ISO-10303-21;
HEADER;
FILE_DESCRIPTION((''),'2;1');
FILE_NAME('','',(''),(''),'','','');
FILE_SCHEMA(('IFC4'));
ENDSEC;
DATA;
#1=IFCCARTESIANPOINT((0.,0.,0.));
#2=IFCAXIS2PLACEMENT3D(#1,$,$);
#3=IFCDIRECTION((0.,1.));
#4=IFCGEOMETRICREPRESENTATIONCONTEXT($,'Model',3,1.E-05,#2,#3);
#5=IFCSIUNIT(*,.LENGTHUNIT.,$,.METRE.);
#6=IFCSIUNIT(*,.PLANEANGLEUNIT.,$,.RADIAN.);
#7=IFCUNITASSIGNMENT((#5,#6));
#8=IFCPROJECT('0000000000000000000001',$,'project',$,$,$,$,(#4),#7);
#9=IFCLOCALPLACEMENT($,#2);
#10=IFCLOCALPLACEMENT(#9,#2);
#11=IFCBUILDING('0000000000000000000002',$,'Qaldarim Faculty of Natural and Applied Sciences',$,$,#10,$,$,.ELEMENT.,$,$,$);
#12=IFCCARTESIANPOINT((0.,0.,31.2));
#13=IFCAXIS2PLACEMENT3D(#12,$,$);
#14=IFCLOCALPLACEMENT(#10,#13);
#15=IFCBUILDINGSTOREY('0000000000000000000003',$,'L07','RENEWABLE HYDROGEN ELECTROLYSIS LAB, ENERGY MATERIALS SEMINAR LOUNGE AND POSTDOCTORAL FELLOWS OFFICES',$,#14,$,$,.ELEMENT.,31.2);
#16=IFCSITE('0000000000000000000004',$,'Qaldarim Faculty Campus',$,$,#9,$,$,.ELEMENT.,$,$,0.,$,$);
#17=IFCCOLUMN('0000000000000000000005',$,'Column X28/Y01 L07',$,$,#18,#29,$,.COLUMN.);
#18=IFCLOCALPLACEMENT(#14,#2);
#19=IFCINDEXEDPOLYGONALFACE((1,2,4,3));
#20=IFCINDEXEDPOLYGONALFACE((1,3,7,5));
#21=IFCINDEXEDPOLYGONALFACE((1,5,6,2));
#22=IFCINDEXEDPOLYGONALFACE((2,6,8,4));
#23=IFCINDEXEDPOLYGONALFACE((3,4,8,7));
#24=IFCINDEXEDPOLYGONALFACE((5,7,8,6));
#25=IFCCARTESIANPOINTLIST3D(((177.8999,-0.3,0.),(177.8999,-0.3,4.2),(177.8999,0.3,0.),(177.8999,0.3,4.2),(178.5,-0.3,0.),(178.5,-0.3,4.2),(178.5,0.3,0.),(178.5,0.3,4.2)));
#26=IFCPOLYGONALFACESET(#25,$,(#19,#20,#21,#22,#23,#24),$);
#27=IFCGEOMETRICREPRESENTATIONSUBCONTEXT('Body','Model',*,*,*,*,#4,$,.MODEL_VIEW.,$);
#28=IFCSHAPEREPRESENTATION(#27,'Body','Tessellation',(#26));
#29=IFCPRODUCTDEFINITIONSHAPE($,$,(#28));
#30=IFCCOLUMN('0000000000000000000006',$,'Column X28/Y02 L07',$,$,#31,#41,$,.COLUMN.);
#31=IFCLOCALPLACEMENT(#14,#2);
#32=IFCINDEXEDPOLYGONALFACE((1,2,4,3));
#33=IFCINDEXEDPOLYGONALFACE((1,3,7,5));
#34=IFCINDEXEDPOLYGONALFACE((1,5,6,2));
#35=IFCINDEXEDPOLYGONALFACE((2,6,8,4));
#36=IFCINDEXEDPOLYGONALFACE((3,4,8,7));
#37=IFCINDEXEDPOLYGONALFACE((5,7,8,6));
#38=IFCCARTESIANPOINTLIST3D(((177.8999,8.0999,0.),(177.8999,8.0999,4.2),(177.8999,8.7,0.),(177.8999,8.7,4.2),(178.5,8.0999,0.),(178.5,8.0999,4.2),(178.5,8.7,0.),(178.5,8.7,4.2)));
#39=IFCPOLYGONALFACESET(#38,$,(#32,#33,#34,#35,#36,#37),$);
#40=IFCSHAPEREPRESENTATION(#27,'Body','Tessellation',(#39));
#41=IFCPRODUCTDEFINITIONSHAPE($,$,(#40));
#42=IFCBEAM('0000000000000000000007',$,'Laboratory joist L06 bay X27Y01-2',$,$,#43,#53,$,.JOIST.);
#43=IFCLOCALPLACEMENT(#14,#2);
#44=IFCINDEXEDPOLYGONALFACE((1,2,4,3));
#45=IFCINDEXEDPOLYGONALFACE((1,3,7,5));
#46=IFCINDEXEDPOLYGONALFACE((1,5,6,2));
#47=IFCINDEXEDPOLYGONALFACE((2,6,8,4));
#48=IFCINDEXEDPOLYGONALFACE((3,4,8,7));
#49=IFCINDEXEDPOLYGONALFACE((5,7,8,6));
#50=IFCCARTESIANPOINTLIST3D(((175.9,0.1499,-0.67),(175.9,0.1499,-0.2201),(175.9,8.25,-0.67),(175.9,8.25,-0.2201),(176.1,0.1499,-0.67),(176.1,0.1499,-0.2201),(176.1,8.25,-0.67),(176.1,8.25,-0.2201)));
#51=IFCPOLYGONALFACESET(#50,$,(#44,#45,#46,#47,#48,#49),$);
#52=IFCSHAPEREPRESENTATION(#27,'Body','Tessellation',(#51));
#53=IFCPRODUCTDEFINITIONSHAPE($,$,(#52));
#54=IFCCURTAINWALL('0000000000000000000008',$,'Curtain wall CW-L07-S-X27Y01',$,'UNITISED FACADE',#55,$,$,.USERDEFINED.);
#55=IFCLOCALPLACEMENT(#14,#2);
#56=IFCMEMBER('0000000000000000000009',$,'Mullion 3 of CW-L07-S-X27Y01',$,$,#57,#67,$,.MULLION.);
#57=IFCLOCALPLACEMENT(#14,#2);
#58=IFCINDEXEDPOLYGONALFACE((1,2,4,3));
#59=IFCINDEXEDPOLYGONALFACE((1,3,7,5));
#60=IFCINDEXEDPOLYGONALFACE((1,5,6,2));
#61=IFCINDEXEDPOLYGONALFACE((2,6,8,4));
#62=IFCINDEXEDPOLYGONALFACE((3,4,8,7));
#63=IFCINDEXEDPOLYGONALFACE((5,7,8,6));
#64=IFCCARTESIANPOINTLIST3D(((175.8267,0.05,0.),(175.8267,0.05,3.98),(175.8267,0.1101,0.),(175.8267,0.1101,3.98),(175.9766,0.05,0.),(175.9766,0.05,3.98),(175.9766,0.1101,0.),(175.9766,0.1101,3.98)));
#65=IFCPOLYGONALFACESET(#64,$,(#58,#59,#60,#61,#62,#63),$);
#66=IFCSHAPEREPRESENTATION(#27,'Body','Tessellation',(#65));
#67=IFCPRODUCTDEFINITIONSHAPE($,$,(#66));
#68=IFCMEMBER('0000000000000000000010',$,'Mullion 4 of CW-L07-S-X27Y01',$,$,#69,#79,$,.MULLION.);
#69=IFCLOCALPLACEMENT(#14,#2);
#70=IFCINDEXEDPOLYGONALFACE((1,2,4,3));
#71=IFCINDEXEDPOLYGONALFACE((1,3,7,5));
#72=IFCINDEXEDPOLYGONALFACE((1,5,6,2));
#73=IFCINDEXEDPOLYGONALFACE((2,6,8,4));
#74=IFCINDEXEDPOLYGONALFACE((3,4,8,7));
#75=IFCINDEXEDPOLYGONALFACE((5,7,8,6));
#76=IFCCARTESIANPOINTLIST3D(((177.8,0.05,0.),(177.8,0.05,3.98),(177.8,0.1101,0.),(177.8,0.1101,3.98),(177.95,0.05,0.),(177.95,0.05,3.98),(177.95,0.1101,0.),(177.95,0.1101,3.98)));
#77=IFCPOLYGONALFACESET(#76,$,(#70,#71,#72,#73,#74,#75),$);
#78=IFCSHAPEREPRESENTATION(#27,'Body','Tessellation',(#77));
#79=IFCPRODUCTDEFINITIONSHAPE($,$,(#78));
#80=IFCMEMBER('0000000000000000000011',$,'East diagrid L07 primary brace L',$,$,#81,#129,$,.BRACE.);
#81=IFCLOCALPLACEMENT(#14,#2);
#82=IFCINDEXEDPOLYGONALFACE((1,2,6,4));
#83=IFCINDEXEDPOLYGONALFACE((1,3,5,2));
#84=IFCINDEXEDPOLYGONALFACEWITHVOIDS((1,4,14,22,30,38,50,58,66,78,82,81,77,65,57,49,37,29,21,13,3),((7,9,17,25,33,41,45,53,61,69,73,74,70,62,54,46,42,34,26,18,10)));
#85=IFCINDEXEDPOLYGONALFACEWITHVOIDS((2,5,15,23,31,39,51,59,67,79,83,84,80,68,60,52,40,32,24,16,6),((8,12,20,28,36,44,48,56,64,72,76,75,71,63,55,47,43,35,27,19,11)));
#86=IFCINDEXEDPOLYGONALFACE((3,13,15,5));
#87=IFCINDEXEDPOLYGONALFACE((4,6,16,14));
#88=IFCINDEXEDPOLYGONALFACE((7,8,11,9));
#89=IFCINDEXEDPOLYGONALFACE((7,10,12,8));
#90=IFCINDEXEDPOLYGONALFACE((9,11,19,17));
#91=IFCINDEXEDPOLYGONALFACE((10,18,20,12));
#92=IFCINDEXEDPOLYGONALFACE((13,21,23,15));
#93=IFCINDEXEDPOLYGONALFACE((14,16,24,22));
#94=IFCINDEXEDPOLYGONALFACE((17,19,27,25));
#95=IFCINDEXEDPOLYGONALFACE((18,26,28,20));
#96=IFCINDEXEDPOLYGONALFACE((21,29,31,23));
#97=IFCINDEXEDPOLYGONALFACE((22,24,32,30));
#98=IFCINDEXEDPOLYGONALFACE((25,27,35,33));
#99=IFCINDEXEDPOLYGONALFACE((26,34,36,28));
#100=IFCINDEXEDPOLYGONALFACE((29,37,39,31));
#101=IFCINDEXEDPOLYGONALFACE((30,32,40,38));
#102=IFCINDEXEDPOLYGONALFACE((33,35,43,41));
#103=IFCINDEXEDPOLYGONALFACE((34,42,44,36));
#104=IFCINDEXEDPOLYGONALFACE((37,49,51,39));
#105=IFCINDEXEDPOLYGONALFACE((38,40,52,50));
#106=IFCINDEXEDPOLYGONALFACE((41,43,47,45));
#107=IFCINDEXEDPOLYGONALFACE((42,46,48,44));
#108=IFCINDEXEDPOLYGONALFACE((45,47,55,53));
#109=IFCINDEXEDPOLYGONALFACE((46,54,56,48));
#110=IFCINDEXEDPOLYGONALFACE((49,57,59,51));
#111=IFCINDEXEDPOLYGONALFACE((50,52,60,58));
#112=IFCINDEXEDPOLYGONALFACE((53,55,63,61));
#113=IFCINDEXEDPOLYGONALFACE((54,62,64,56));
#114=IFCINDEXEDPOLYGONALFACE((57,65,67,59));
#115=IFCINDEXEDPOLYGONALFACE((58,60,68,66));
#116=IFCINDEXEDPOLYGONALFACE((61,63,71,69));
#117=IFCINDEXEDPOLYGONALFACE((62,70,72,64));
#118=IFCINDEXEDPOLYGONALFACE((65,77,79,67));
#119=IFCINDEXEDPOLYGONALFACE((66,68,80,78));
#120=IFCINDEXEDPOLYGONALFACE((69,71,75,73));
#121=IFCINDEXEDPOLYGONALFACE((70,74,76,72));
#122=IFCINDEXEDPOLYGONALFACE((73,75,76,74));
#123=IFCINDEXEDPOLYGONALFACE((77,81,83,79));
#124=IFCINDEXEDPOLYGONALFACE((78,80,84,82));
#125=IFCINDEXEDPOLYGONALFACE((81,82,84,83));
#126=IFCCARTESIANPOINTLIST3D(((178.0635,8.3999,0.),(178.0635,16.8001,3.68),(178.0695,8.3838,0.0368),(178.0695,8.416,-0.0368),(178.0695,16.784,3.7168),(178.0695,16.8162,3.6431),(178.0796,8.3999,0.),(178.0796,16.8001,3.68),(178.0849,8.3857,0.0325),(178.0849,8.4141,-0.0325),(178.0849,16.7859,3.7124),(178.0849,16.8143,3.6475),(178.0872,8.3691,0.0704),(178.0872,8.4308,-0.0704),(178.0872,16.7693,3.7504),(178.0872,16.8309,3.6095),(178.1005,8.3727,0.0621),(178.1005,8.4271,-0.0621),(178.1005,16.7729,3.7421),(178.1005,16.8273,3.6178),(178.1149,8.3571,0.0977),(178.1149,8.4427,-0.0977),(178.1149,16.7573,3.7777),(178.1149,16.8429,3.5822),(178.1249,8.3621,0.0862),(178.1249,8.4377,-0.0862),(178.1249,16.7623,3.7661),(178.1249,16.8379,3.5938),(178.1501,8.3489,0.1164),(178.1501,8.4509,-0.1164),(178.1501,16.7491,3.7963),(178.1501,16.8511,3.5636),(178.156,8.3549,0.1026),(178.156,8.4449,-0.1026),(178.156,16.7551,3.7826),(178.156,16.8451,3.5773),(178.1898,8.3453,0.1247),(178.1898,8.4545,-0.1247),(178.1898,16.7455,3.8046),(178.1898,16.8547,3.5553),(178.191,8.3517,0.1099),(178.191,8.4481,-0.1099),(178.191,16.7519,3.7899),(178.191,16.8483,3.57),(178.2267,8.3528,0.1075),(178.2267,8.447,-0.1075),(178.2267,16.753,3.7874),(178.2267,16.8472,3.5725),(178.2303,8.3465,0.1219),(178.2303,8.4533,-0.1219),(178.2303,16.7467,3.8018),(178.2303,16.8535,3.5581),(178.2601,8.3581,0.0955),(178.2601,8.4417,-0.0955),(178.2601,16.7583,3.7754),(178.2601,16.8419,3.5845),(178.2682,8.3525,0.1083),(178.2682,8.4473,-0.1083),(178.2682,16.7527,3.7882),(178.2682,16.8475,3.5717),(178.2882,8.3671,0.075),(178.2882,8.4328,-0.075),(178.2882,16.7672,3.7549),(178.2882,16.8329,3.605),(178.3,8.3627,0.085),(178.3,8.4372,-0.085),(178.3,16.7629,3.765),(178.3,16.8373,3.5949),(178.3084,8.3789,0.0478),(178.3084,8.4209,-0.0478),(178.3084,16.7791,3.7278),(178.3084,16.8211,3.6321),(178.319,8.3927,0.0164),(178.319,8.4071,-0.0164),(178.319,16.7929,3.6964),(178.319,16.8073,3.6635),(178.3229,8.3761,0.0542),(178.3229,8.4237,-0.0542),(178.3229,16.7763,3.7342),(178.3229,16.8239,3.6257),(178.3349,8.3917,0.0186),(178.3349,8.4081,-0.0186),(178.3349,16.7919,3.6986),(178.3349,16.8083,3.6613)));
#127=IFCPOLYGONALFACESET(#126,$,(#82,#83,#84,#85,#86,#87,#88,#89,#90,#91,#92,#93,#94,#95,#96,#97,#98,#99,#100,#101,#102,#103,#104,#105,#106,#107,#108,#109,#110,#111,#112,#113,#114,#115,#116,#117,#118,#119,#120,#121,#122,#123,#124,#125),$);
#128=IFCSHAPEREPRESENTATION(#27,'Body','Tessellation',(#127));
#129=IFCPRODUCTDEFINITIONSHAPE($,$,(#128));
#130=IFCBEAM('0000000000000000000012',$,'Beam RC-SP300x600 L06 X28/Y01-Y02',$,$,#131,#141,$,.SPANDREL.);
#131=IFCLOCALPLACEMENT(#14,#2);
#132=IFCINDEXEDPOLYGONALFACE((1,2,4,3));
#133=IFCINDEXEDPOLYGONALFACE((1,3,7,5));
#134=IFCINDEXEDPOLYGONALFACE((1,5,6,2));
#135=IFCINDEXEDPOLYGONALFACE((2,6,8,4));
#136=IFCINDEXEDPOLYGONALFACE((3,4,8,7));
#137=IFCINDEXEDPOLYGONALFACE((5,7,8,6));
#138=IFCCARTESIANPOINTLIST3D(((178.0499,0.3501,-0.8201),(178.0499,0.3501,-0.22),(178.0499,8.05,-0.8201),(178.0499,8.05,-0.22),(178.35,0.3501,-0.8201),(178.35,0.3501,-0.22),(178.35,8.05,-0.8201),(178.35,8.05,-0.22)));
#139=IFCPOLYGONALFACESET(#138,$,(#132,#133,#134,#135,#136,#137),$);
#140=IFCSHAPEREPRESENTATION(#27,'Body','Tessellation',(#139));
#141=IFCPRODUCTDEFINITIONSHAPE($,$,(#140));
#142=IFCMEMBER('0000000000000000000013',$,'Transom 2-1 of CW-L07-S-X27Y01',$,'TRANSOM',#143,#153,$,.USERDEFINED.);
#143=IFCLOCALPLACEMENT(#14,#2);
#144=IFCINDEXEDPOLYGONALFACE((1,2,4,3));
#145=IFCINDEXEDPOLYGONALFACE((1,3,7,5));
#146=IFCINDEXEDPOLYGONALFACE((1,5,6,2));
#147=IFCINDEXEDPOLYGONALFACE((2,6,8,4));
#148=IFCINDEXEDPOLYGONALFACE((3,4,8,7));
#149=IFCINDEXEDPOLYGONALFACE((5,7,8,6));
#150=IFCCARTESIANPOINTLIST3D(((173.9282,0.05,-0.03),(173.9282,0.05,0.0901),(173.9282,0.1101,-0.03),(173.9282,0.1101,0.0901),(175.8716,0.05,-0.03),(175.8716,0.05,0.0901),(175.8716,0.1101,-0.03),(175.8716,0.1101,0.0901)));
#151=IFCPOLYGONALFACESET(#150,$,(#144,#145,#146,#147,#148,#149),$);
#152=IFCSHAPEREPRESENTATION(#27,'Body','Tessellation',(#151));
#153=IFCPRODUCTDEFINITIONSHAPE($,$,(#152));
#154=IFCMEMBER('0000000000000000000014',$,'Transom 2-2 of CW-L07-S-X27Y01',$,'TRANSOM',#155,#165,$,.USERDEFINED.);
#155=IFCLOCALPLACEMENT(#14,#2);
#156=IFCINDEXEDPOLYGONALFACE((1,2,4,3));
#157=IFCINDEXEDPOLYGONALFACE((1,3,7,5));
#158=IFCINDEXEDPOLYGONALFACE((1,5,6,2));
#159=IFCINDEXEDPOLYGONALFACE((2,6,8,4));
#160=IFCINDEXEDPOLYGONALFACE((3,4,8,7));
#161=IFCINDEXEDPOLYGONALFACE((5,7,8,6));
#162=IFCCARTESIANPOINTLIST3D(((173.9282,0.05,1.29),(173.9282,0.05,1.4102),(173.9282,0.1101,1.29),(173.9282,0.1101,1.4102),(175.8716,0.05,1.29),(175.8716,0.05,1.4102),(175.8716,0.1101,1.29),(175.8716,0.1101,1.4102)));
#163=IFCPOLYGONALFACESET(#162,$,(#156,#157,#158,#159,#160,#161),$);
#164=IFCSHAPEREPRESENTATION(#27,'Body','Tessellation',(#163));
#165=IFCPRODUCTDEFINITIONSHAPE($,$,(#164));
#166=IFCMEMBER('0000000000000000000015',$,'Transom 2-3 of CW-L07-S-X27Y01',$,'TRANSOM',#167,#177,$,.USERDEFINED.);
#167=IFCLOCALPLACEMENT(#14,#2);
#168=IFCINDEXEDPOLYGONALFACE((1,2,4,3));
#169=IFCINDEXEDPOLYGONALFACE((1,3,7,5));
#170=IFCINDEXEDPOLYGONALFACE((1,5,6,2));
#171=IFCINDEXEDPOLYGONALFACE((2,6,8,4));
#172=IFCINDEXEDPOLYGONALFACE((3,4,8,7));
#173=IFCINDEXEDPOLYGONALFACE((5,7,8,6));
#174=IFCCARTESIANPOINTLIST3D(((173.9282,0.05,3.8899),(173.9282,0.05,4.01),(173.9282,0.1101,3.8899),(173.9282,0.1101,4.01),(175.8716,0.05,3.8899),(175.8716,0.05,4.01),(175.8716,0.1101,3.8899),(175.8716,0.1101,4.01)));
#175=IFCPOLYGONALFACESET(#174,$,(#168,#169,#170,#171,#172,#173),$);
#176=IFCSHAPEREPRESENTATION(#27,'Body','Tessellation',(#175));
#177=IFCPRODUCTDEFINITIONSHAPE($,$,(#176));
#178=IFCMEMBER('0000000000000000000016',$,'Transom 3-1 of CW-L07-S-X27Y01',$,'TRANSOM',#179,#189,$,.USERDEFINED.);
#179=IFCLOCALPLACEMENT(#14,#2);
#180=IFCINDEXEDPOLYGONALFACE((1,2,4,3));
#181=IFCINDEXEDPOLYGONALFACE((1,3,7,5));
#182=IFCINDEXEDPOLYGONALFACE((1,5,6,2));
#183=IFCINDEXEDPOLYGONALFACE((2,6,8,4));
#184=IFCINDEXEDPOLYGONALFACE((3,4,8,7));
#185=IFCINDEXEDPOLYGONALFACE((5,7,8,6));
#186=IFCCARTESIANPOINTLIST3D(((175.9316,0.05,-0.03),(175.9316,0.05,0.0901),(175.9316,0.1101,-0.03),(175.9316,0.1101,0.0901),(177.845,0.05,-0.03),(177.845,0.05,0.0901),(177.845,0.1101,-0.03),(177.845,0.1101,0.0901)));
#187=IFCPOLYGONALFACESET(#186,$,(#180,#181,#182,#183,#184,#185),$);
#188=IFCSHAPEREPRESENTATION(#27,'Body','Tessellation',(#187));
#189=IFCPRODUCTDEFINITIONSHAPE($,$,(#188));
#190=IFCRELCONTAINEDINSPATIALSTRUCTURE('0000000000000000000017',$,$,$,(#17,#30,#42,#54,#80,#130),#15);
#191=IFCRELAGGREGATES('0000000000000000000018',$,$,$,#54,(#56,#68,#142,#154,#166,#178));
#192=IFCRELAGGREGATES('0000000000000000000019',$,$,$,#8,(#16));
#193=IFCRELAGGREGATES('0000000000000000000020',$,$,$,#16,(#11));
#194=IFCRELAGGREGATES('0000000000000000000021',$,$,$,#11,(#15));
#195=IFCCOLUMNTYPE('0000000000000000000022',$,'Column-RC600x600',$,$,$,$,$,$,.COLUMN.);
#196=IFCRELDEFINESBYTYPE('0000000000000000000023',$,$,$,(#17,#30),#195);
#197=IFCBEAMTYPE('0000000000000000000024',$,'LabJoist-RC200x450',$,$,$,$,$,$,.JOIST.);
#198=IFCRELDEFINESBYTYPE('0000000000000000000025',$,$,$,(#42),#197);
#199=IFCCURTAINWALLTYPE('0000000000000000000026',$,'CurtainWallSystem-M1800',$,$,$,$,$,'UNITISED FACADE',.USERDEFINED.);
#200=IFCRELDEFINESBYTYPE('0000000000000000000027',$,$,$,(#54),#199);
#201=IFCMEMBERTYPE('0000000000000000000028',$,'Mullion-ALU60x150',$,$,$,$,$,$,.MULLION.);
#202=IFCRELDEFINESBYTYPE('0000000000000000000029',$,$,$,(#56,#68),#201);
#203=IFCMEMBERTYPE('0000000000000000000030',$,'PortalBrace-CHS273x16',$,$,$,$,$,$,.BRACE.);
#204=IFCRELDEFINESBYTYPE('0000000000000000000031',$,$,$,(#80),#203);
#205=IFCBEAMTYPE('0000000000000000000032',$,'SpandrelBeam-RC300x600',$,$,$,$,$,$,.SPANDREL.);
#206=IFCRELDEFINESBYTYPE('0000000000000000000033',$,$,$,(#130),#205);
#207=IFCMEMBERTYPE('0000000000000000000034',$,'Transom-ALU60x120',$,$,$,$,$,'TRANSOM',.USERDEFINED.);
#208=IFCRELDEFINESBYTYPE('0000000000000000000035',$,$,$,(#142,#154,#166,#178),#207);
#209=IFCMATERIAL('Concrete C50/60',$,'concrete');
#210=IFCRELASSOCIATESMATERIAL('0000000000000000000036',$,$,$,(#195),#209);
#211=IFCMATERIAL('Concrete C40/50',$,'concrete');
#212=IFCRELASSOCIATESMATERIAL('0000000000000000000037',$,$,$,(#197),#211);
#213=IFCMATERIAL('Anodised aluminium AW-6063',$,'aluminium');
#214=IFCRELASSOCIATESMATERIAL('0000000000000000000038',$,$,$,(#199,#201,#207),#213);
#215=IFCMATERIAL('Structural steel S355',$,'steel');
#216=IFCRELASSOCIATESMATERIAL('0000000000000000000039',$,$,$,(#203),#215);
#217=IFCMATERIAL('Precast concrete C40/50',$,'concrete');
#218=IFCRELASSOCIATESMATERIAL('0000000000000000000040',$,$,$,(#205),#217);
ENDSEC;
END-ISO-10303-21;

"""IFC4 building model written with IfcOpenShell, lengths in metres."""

from ifc_helpers import new_model, si_unit, direction, frame, origin, origin_2d, place, context, subcontext, project, spatial, rectangle, hollow_circle, extrude, material, material_profile, profile_set, type_object, element, aggregate, save


model = new_model("IFC4")

# Units and contexts
model_context = context("Model", 3, precision=1e-05, world=origin(), true_north=direction((0.0, 1.0)))
body_context = subcontext(model_context, "Body", "Model", "MODEL_VIEW")
ifc_project = project(units=[si_unit("LENGTHUNIT", "METRE"), si_unit("PLANEANGLEUNIT", "RADIAN")], contexts=[model_context])

# Site, building, storey
site_placement = place(None, origin())
site = spatial("IfcSite", under=ifc_project, at=site_placement, Name="Qaldarim Faculty Campus", CompositionType="ELEMENT", RefElevation=0.0)
building_placement = place(site_placement, origin())
building = spatial("IfcBuilding", under=site, at=building_placement, Name="Qaldarim Faculty of Natural and Applied Sciences", CompositionType="ELEMENT")
storey_placement = place(building_placement, frame((0.0, 0.0, 31.2)))
storey = spatial("IfcBuildingStorey", under=building, at=storey_placement, Name="L07", Description="RENEWABLE HYDROGEN ELECTROLYSIS LAB, ENERGY MATERIALS SEMINAR LOUNGE AND POSTDOCTORAL FELLOWS OFFICES", CompositionType="ELEMENT", Elevation=31.2)

# Columns
ifc_material_1 = material(Name="Concrete C50/60", Category="concrete")
ifc_material_profile_1 = material_profile(ifc_material_1, rectangle(XDim=0.6001, YDim=0.6001, at=origin_2d()), Name="RC-C600x600")
ifc_profile_set_1 = profile_set([ifc_material_profile_1], Name="Concrete C50/60")
column_type = type_object("IfcColumnType", Name="Column-RC600x600", PredefinedType="COLUMN", material=ifc_profile_set_1)
for number, where, z_axis, x_axis, name in (
    (1, (178.2, 0.0, 0.0), (0.0, 0.0, 1.0), (1.0, 0.0, 0.0), "Column X28/Y01 L07"),
    (2, (178.2, 8.3999, 0.0), (0.0, 0.0, 1.0), (1.0, 0.0, 0.0), "Column X28/Y02 L07"),
):
    element("IfcColumn", number, at=place(storey_placement, frame(where, z_axis=z_axis, x_axis=x_axis)), inside=storey, type_object=column_type, Name=name, PredefinedType="COLUMN", context=body_context, shape_type="SweptSolid", body=[
        extrude(rectangle(XDim=0.6001, YDim=0.6001, at=origin_2d()), origin(), (0.0, 0.0, 1.0), 4.2),
    ])

# Beam
ifc_material_2 = material(Name="Concrete C40/50", Category="concrete")
ifc_material_profile_2 = material_profile(ifc_material_2, rectangle(XDim=0.2, YDim=0.45, at=origin_2d()), Name="RC-J200x450")
ifc_profile_set_2 = profile_set([ifc_material_profile_2], Name="Concrete C40/50")
beam_type_1 = type_object("IfcBeamType", Name="LabJoist-RC200x450", PredefinedType="JOIST", material=ifc_profile_set_2)
beam_1_placement = place(storey_placement, frame((176.0, 0.1499, -0.4451), z_axis=(0.0, 1.0, 0.0), x_axis=(-1.0, 0.0, 0.0)))
element("IfcBeam", 3, at=beam_1_placement, inside=storey, type_object=beam_type_1, Name="Laboratory joist L06 bay X27Y01-2", PredefinedType="JOIST", context=body_context, shape_type="SweptSolid", body=[
    extrude(rectangle(XDim=0.2, YDim=0.45, at=origin_2d()), origin(), (0.0, 0.0, 1.0), 8.1001),
])

# Curtain wall, members
ifc_material_3 = material(Name="Anodised aluminium AW-6063", Category="aluminium")
curtain_wall_type = type_object("IfcCurtainWallType", Name="CurtainWallSystem-M1800", ElementType="UNITISED FACADE", PredefinedType="USERDEFINED", material=ifc_material_3)
curtain_wall_placement = place(storey_placement, origin())
curtain_wall = element("IfcCurtainWall", 4, at=curtain_wall_placement, inside=storey, type_object=curtain_wall_type, Name="Curtain wall CW-L07-S-X27Y01", ObjectType="UNITISED FACADE", PredefinedType="USERDEFINED")
ifc_material_profile_3 = material_profile(ifc_material_3, rectangle(XDim=0.0601, YDim=0.1499, at=origin_2d()), Name="ALU-M60x150")
ifc_profile_set_3 = profile_set([ifc_material_profile_3], Name="Anodised aluminium AW-6063")
member_type_1 = type_object("IfcMemberType", Name="Mullion-ALU60x150", PredefinedType="MULLION", material=ifc_profile_set_3)
member_1_placement = place(storey_placement, frame((175.9016, 0.0801, 0.0), z_axis=(0.0, 0.0, 1.0), x_axis=(0.0, 1.0, 0.0)))
member_1 = element("IfcMember", 5, at=member_1_placement, type_object=member_type_1, Name="Mullion 3 of CW-L07-S-X27Y01", PredefinedType="MULLION", context=body_context, shape_type="SweptSolid", body=[
    extrude(rectangle(XDim=0.0601, YDim=0.1499, at=origin_2d()), origin(), (0.0, 0.0, 1.0), 3.98),
])
member_2_placement = place(storey_placement, frame((177.875, 0.0801, 0.0), z_axis=(0.0, 0.0, 1.0), x_axis=(0.0, 1.0, 0.0)))
member_2 = element("IfcMember", 6, at=member_2_placement, type_object=member_type_1, Name="Mullion 4 of CW-L07-S-X27Y01", PredefinedType="MULLION", context=body_context, shape_type="SweptSolid", body=[
    extrude(rectangle(XDim=0.0601, YDim=0.1499, at=origin_2d()), origin(), (0.0, 0.0, 1.0), 3.98),
])

# Member
ifc_material_4 = material(Name="Structural steel S355", Category="steel")
ifc_material_profile_4 = material_profile(ifc_material_4, hollow_circle(Radius=0.1365, WallThickness=0.0161, at=origin_2d()), Name="CHS 273.0x16.0")
ifc_profile_set_4 = profile_set([ifc_material_profile_4], Name="Structural steel S355")
member_type_2 = type_object("IfcMemberType", Name="PortalBrace-CHS273x16", PredefinedType="BRACE", material=ifc_profile_set_4)
member_3_placement = place(storey_placement, frame((178.2, 8.3999, 0.0), z_axis=(0.0, 0.915962, 0.401264), x_axis=(-1.0, 0.0, 0.0)))
element("IfcMember", 7, at=member_3_placement, inside=storey, type_object=member_type_2, Name="East diagrid L07 primary brace L", PredefinedType="BRACE", context=body_context, shape_type="SweptSolid", body=[
    extrude(hollow_circle(Radius=0.1365, WallThickness=0.0161, at=origin_2d()), origin(), (0.0, 0.0, 1.0), 9.1709),
])

# Beam
ifc_material_5 = material(Name="Precast concrete C40/50", Category="concrete")
ifc_material_profile_5 = material_profile(ifc_material_5, rectangle(XDim=0.3, YDim=0.6001, at=origin_2d()), Name="RC-SP300x600")
ifc_profile_set_5 = profile_set([ifc_material_profile_5], Name="Precast concrete C40/50")
beam_type_2 = type_object("IfcBeamType", Name="SpandrelBeam-RC300x600", PredefinedType="SPANDREL", material=ifc_profile_set_5)
beam_2_placement = place(storey_placement, frame((178.2, 0.3501, -0.52), z_axis=(0.0, 1.0, 0.0), x_axis=(-1.0, 0.0, 0.0)))
element("IfcBeam", 8, at=beam_2_placement, inside=storey, type_object=beam_type_2, Name="Beam RC-SP300x600 L06 X28/Y01-Y02", PredefinedType="SPANDREL", context=body_context, shape_type="SweptSolid", body=[
    extrude(rectangle(XDim=0.3, YDim=0.6001, at=origin_2d()), origin(), (0.0, 0.0, 1.0), 7.7),
])

# Members
ifc_material_profile_6 = material_profile(ifc_material_3, rectangle(XDim=0.0601, YDim=0.1201, at=origin_2d()), Name="ALU-T60x120")
ifc_profile_set_6 = profile_set([ifc_material_profile_6], Name="Anodised aluminium AW-6063")
member_type_3 = type_object("IfcMemberType", Name="Transom-ALU60x120", ElementType="TRANSOM", PredefinedType="USERDEFINED", material=ifc_profile_set_6)
member_4_placement = place(storey_placement, frame((173.9282, 0.0801, 0.03), z_axis=(1.0, 0.0, 0.0), x_axis=(0.0, 1.0, 0.0)))
member_4 = element("IfcMember", 9, at=member_4_placement, type_object=member_type_3, Name="Transom 2-1 of CW-L07-S-X27Y01", ObjectType="TRANSOM", PredefinedType="USERDEFINED", context=body_context, shape_type="SweptSolid", body=[
    extrude(rectangle(XDim=0.0601, YDim=0.1201, at=origin_2d()), origin(), (0.0, 0.0, 1.0), 1.9434),
])
member_5_placement = place(storey_placement, frame((173.9282, 0.0801, 1.3501), z_axis=(1.0, 0.0, 0.0), x_axis=(0.0, 1.0, 0.0)))
member_5 = element("IfcMember", 10, at=member_5_placement, type_object=member_type_3, Name="Transom 2-2 of CW-L07-S-X27Y01", ObjectType="TRANSOM", PredefinedType="USERDEFINED", context=body_context, shape_type="SweptSolid", body=[
    extrude(rectangle(XDim=0.0601, YDim=0.1201, at=origin_2d()), origin(), (0.0, 0.0, 1.0), 1.9434),
])
member_6_placement = place(storey_placement, frame((173.9282, 0.0801, 3.95), z_axis=(1.0, 0.0, 0.0), x_axis=(0.0, 1.0, 0.0)))
member_6 = element("IfcMember", 11, at=member_6_placement, type_object=member_type_3, Name="Transom 2-3 of CW-L07-S-X27Y01", ObjectType="TRANSOM", PredefinedType="USERDEFINED", context=body_context, shape_type="SweptSolid", body=[
    extrude(rectangle(XDim=0.0601, YDim=0.1201, at=origin_2d()), origin(), (0.0, 0.0, 1.0), 1.9434),
])
member_7_placement = place(storey_placement, frame((175.9316, 0.0801, 0.03), z_axis=(1.0, 0.0, 0.0), x_axis=(0.0, 1.0, 0.0)))
member_7 = element("IfcMember", 12, at=member_7_placement, type_object=member_type_3, Name="Transom 3-1 of CW-L07-S-X27Y01", ObjectType="TRANSOM", PredefinedType="USERDEFINED", context=body_context, shape_type="SweptSolid", body=[
    extrude(rectangle(XDim=0.0601, YDim=0.1201, at=origin_2d()), origin(), (0.0, 0.0, 1.0), 1.9133),
])

aggregate(curtain_wall, [member_1, member_2, member_4, member_5, member_6, member_7])

save(model, "model.ifc")
